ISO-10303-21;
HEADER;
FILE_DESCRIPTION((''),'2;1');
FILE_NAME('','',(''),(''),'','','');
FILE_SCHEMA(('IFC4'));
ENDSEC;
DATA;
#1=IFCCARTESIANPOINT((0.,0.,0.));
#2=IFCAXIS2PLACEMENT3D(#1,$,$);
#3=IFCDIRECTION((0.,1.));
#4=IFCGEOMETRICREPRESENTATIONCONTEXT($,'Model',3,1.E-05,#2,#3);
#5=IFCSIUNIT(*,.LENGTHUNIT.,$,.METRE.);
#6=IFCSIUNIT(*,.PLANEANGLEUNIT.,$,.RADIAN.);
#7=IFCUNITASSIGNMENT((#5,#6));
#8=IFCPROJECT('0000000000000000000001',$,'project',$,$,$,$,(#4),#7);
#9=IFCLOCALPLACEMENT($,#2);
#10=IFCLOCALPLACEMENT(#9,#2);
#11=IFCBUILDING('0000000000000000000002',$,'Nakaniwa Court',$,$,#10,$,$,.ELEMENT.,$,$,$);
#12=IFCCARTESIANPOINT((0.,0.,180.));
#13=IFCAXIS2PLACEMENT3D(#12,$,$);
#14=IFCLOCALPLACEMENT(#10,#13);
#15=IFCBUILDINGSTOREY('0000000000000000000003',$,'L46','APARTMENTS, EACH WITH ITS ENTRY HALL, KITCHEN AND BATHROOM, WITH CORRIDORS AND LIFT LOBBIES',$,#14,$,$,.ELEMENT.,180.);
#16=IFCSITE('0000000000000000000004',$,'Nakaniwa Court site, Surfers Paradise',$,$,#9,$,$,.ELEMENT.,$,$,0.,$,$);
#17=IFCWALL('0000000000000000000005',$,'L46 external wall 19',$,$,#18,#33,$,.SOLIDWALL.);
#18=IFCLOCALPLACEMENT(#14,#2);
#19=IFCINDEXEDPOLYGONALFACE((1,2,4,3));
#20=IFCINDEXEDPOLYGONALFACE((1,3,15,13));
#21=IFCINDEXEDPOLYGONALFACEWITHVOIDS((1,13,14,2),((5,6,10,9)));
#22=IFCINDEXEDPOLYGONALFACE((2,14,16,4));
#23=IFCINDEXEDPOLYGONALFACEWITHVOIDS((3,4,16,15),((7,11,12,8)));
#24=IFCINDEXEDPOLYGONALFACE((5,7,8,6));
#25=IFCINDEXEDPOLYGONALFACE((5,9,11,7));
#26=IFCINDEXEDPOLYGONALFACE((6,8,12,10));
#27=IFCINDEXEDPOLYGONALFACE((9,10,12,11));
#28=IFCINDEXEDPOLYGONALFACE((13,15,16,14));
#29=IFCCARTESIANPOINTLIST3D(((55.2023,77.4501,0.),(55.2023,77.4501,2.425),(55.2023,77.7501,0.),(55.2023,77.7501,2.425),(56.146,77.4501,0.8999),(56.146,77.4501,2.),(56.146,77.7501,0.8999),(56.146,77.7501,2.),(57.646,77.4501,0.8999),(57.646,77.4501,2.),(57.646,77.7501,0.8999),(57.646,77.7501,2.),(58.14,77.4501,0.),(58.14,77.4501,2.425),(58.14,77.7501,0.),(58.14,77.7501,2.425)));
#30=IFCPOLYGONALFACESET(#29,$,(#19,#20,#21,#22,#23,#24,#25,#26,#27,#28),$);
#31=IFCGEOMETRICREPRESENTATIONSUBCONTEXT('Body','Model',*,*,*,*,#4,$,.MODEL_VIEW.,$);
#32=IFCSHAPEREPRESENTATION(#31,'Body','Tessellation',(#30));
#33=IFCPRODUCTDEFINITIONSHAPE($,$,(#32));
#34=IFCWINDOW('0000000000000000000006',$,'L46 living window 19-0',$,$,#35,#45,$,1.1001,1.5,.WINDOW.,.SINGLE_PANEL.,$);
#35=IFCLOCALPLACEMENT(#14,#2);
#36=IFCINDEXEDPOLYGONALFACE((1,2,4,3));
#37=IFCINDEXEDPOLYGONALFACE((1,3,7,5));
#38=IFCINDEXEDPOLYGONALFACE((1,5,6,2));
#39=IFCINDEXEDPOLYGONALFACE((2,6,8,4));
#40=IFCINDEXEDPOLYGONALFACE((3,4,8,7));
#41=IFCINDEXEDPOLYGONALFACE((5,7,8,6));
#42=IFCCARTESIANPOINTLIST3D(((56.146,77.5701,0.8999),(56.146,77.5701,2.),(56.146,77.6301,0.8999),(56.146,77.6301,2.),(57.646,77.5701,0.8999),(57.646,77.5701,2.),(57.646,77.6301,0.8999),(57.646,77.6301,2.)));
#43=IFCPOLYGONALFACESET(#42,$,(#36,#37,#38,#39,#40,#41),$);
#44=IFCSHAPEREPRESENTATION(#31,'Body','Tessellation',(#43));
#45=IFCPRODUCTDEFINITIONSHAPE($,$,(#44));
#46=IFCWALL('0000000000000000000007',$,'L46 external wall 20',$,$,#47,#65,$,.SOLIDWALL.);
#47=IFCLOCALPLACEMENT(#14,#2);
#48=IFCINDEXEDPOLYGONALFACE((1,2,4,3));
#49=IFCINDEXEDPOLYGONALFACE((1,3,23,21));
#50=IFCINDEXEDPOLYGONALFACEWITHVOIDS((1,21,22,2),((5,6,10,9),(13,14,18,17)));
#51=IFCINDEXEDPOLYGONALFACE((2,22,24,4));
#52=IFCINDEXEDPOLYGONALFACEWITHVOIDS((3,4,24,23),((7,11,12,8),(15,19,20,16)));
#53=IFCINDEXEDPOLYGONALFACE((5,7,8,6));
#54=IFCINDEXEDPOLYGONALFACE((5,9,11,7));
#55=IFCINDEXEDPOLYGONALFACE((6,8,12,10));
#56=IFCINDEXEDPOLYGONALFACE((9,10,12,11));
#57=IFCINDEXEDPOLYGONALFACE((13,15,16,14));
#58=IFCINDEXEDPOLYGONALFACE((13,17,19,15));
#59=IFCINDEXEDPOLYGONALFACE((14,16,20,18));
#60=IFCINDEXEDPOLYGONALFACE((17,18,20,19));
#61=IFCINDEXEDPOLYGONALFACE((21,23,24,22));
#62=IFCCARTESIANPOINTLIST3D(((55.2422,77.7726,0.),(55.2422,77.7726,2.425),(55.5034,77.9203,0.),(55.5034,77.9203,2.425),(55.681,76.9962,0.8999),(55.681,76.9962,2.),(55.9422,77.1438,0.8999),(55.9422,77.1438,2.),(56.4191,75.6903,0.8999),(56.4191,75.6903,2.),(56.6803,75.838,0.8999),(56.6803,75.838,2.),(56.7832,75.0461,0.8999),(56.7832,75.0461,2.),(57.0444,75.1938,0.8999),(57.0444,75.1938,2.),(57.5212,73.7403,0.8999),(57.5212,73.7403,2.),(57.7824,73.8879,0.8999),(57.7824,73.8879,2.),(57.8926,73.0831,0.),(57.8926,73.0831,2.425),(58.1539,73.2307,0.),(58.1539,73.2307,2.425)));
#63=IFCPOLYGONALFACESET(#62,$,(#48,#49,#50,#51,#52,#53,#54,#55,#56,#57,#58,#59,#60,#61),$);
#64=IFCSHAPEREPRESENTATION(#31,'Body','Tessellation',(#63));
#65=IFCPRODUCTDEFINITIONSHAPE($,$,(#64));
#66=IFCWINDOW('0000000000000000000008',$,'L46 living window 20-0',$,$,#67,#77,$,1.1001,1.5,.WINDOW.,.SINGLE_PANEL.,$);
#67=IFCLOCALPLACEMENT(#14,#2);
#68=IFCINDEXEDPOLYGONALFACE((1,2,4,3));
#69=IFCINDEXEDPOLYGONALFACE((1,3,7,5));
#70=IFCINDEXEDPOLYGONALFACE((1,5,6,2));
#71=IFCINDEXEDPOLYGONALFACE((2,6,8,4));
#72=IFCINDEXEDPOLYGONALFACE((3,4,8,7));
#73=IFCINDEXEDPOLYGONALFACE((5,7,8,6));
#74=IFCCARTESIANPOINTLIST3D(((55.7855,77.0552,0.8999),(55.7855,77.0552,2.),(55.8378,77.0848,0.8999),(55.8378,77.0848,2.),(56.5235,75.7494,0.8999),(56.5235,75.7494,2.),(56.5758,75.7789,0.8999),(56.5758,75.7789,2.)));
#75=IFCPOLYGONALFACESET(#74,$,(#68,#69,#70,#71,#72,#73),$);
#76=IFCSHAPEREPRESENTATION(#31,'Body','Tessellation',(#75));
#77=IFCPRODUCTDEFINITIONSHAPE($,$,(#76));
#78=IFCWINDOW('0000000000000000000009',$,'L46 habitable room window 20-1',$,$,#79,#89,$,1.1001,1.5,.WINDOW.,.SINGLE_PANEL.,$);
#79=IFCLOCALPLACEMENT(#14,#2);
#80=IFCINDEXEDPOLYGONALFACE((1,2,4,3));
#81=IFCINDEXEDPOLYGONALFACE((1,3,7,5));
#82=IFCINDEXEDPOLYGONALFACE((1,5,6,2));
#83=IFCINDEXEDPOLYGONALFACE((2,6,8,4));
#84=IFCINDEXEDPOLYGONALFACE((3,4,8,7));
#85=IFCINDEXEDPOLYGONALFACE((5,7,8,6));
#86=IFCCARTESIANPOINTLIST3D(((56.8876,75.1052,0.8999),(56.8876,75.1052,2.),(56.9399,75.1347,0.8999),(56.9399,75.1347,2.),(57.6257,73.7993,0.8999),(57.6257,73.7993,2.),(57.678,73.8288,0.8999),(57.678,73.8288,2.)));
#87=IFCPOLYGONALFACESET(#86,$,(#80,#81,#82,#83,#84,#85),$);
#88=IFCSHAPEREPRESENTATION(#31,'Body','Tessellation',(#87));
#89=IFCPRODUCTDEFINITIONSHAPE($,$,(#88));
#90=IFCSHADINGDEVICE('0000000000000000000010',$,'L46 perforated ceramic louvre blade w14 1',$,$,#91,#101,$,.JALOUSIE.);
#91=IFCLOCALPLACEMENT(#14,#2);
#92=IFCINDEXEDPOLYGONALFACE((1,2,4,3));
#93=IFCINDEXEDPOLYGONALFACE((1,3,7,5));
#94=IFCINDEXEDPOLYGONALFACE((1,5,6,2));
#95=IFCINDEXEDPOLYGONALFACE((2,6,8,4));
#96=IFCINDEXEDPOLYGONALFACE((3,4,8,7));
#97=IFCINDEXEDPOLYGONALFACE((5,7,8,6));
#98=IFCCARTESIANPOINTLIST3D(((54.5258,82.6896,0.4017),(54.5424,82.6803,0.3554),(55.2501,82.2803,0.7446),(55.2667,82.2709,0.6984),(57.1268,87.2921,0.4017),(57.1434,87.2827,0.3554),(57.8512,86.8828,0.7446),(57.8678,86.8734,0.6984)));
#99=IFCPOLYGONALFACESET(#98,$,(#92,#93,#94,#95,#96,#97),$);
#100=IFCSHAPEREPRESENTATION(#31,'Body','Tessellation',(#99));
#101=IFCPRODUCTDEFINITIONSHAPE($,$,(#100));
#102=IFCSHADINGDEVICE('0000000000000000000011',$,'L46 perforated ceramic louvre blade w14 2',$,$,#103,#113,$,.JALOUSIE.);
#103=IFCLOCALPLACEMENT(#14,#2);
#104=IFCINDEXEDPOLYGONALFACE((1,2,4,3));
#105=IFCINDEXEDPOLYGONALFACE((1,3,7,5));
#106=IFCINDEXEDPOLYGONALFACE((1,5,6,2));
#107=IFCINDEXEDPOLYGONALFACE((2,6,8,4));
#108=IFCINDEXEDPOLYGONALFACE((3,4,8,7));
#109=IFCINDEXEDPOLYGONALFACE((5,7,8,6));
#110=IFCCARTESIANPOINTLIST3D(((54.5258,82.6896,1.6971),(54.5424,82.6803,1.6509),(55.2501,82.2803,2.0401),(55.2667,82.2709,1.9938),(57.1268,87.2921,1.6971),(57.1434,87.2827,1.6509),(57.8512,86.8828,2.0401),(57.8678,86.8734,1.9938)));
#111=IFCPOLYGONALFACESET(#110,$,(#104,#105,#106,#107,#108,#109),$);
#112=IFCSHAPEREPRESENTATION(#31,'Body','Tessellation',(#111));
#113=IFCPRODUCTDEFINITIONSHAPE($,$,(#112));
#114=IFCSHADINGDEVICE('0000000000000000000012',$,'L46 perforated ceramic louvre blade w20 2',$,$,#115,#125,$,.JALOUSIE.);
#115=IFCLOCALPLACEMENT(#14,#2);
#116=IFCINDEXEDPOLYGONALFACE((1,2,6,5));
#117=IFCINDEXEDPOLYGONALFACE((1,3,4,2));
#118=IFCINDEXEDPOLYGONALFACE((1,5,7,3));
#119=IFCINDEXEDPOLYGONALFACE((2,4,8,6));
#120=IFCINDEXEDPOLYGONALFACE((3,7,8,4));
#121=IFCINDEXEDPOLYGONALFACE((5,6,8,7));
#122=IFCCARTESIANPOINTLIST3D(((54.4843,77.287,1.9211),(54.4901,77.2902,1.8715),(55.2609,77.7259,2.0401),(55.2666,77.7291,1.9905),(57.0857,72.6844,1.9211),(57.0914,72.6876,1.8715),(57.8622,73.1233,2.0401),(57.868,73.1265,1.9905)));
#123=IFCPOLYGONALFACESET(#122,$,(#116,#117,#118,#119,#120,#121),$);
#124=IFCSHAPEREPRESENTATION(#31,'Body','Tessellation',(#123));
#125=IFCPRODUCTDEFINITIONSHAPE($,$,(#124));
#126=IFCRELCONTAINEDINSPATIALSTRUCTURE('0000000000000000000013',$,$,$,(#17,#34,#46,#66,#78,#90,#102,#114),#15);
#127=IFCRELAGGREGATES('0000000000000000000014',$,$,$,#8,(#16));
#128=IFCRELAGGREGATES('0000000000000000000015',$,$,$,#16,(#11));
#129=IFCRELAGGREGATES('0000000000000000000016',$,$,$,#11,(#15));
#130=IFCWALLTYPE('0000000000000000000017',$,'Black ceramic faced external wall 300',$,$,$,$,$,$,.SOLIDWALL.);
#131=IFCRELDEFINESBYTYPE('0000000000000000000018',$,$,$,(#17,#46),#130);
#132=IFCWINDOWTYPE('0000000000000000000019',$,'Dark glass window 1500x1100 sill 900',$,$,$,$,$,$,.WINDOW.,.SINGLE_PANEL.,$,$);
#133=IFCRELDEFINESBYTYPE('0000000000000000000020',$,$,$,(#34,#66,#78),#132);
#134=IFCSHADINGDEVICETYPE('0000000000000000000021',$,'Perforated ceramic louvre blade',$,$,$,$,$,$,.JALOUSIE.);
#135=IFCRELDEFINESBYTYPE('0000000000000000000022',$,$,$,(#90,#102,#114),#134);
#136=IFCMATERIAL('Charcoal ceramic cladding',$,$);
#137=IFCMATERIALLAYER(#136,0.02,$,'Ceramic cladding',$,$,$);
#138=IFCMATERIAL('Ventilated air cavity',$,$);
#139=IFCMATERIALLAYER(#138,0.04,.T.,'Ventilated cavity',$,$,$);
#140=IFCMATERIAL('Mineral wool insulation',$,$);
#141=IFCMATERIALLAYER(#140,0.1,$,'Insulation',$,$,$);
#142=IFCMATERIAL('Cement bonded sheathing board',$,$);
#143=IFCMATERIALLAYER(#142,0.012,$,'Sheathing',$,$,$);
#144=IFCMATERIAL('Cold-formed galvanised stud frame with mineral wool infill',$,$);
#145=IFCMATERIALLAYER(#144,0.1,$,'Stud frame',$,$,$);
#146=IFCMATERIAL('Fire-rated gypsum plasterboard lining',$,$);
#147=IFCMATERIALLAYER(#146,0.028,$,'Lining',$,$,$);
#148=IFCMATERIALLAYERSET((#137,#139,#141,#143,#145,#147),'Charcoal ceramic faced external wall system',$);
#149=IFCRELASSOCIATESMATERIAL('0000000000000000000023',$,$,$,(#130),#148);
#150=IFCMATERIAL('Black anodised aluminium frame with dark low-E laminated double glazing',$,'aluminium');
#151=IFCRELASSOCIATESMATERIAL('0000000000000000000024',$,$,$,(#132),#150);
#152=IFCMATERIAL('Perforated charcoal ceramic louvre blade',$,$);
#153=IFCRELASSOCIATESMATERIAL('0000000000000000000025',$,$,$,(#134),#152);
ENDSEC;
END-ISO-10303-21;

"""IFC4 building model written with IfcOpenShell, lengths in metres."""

from ifc_helpers import new_model, si_unit, direction, frame, frame_2d, origin, origin_2d, place, context, subcontext, project, spatial, rectangle, extrude, material, layer, layer_set, material_profile, profile_set, type_object, element, fill, save


model = new_model("IFC4")

# Units and contexts
model_context = context("Model", 3, precision=1e-05, world=origin(), true_north=direction((0.0, 1.0)))
body_context = subcontext(model_context, "Body", "Model", "MODEL_VIEW")
ifc_project = project(units=[si_unit("LENGTHUNIT", "METRE"), si_unit("PLANEANGLEUNIT", "RADIAN")], contexts=[model_context])

# Site, building, storey
site_placement = place(None, origin())
site = spatial("IfcSite", under=ifc_project, at=site_placement, Name="Nakaniwa Court site, Surfers Paradise", CompositionType="ELEMENT", RefElevation=0.0)
building_placement = place(site_placement, origin())
building = spatial("IfcBuilding", under=site, at=building_placement, Name="Nakaniwa Court", CompositionType="ELEMENT")
storey_placement = place(building_placement, frame((0.0, 0.0, 180.0)))
storey = spatial("IfcBuildingStorey", under=building, at=storey_placement, Name="L46", Description="APARTMENTS, EACH WITH ITS ENTRY HALL, KITCHEN AND BATHROOM, WITH CORRIDORS AND LIFT LOBBIES", CompositionType="ELEMENT", Elevation=180.0)

# Wall, opening, window
ifc_material_1 = material(Name="Charcoal ceramic cladding")
ifc_layer_1 = layer(ifc_material_1, 0.02, Name="Ceramic cladding")
ifc_material_2 = material(Name="Ventilated air cavity")
ifc_layer_2 = layer(ifc_material_2, 0.04, ventilated=True, Name="Ventilated cavity")
ifc_material_3 = material(Name="Mineral wool insulation")
ifc_layer_3 = layer(ifc_material_3, 0.1, Name="Insulation")
ifc_material_4 = material(Name="Cement bonded sheathing board")
ifc_layer_4 = layer(ifc_material_4, 0.012, Name="Sheathing")
ifc_material_5 = material(Name="Cold-formed galvanised stud frame with mineral wool infill")
ifc_layer_5 = layer(ifc_material_5, 0.1, Name="Stud frame")
ifc_material_6 = material(Name="Fire-rated gypsum plasterboard lining")
ifc_layer_6 = layer(ifc_material_6, 0.028, Name="Lining")
ifc_layer_set = layer_set([ifc_layer_1, ifc_layer_2, ifc_layer_3, ifc_layer_4, ifc_layer_5, ifc_layer_6], Name="Charcoal ceramic faced external wall system")
wall_type = type_object("IfcWallType", Name="Black ceramic faced external wall 300", PredefinedType="SOLIDWALL", material=ifc_layer_set)
ifc_material_7 = material(Name="Black anodised aluminium frame with dark low-E laminated double glazing", Category="aluminium")
window_type_1 = type_object("IfcWindowType", Name="Dark glass window 1500x1100 sill 900", PartitioningType="SINGLE_PANEL", PredefinedType="WINDOW", material=ifc_material_7)
wall_1_placement = place(storey_placement, frame((58.1399, 77.6001, 0.0), z_axis=(0.0, 0.0, 1.0), x_axis=(-1.0, 0.0, 0.0)))
wall_1 = element("IfcWall", 1, at=wall_1_placement, inside=storey, type_object=wall_type, Name="L46 external wall 19", PredefinedType="SOLIDWALL", context=body_context, shape_type="SweptSolid", body=[
    extrude(rectangle(XDim=2.9377, YDim=0.3, at=frame_2d((1.4688, 0.0))), origin(), (0.0, 0.0, 1.0), 2.425),
])
opening_1_placement = place(wall_1_placement, frame((0.4939, 0.0, 0.8999)))
opening_1 = element("IfcOpeningElement", 2, at=opening_1_placement, cuts=wall_1, PredefinedType="OPENING", context=body_context, shape_type="SweptSolid", body=[
    extrude(rectangle(XDim=1.5, YDim=1.1001, at=frame_2d((0.75, 0.55))), frame((0.0, 0.1599, 0.0), z_axis=(0.0, -1.0, 0.0), x_axis=(1.0, 0.0, 0.0)), (0.0, 0.0, 1.0), 0.3201),
])
window_1_placement = place(opening_1_placement, origin())
window_1 = element("IfcWindow", 3, at=window_1_placement, inside=storey, type_object=window_type_1, Name="L46 living window 19-0", OverallHeight=1.1001, OverallWidth=1.5, PartitioningType="SINGLE_PANEL", PredefinedType="WINDOW", context=body_context, shape_type="SweptSolid", body=[
    extrude(rectangle(XDim=1.5, YDim=1.1001, at=frame_2d((0.75, 0.55))), frame((0.0, 0.03, 0.0), z_axis=(0.0, -1.0, 0.0), x_axis=(1.0, 0.0, 0.0)), (0.0, 0.0, 1.0), 0.0601),
])
fill(opening_1, window_1)

# Wall, openings, windows
wall_2_placement = place(storey_placement, frame((55.3728, 77.8464, 0.0), z_axis=(0.0, 0.0, 1.0), x_axis=(0.492033, -0.870576, 0.0)))
wall_2 = element("IfcWall", 4, at=wall_2_placement, inside=storey, type_object=wall_type, Name="L46 external wall 20", PredefinedType="SOLIDWALL", context=body_context, shape_type="SweptSolid", body=[
    extrude(rectangle(XDim=5.3867, YDim=0.3, at=frame_2d((2.6934, 0.0))), origin(), (0.0, 0.0, 1.0), 2.425),
])
opening_2_placement = place(wall_2_placement, frame((0.8918, 0.0, 0.8999)))
opening_2 = element("IfcOpeningElement", 5, at=opening_2_placement, cuts=wall_2, PredefinedType="OPENING", context=body_context, shape_type="SweptSolid", body=[
    extrude(rectangle(XDim=1.5, YDim=1.1001, at=frame_2d((0.75, 0.55))), frame((0.0, 0.1599, 0.0), z_axis=(0.0, -1.0, 0.0), x_axis=(1.0, 0.0, 0.0)), (0.0, 0.0, 1.0), 0.3201),
])
opening_3_placement = place(wall_2_placement, frame((3.1318, 0.0, 0.8999)))
opening_3 = element("IfcOpeningElement", 6, at=opening_3_placement, cuts=wall_2, PredefinedType="OPENING", context=body_context, shape_type="SweptSolid", body=[
    extrude(rectangle(XDim=1.5, YDim=1.1001, at=frame_2d((0.75, 0.55))), frame((0.0, 0.1599, 0.0), z_axis=(0.0, -1.0, 0.0), x_axis=(1.0, 0.0, 0.0)), (0.0, 0.0, 1.0), 0.3201),
])
window_2_placement = place(opening_2_placement, origin())
window_2 = element("IfcWindow", 7, at=window_2_placement, inside=storey, type_object=window_type_1, Name="L46 living window 20-0", OverallHeight=1.1001, OverallWidth=1.5, PartitioningType="SINGLE_PANEL", PredefinedType="WINDOW", context=body_context, shape_type="SweptSolid", body=[
    extrude(rectangle(XDim=1.5, YDim=1.1001, at=frame_2d((0.75, 0.55))), frame((0.0, 0.03, 0.0), z_axis=(0.0, -1.0, 0.0), x_axis=(1.0, 0.0, 0.0)), (0.0, 0.0, 1.0), 0.0601),
])
fill(opening_2, window_2)
window_3_placement = place(opening_3_placement, origin())
window_3 = element("IfcWindow", 8, at=window_3_placement, inside=storey, type_object=window_type_1, Name="L46 habitable room window 20-1", OverallHeight=1.1001, OverallWidth=1.5, PartitioningType="SINGLE_PANEL", PredefinedType="WINDOW", context=body_context, shape_type="SweptSolid", body=[
    extrude(rectangle(XDim=1.5, YDim=1.1001, at=frame_2d((0.75, 0.55))), frame((0.0, 0.03, 0.0), z_axis=(0.0, -1.0, 0.0), x_axis=(1.0, 0.0, 0.0)), (0.0, 0.0, 1.0), 0.0601),
])
fill(opening_3, window_3)

# Shading devices
ifc_material_8 = material(Name="Perforated charcoal ceramic louvre blade")
ifc_material_profile_1 = material_profile(ifc_material_8, rectangle(XDim=0.8999, YDim=0.05, at=origin_2d()), Name="Perforated ceramic louvre blade")
ifc_profile_set_1 = profile_set([ifc_material_profile_1], Name="Perforated charcoal ceramic louvre blade")
shading_device_type = type_object("IfcShadingDeviceType", Name="Perforated ceramic louvre blade", PredefinedType="JALOUSIE", material=ifc_profile_set_1)
for number, where, z_axis, x_axis, name in (
    (9, (57.4973, 87.0828, 0.55), (-0.492006, -0.870592, 0.0), (0.804902, -0.454882, 0.38107), "L46 perforated ceramic louvre blade w14 1"),
    (10, (57.4973, 87.0828, 1.8455), (-0.492006, -0.870592, 0.0), (0.804902, -0.454882, 0.38107), "L46 perforated ceramic louvre blade w14 2"),
):
    element("IfcShadingDevice", number, at=place(storey_placement, frame(where, z_axis=z_axis, x_axis=x_axis)), inside=storey, type_object=shading_device_type, Name=name, PredefinedType="JALOUSIE", context=body_context, shape_type="SweptSolid", body=[
        extrude(rectangle(XDim=0.8999, YDim=0.05, at=origin_2d()), origin(), (0.0, 0.0, 1.0), 5.2866),
    ])
shading_device_placement = place(storey_placement, frame((54.8755, 77.5081, 1.9558), z_axis=(0.492041, -0.870572, 0.0), x_axis=(0.862925, 0.487718, 0.132256)))
element("IfcShadingDevice", 11, at=shading_device_placement, inside=storey, type_object=shading_device_type, Name="L46 perforated ceramic louvre blade w20 2", PredefinedType="JALOUSIE", context=body_context, shape_type="SweptSolid", body=[
    extrude(rectangle(XDim=0.8999, YDim=0.05, at=origin_2d()), origin(), (0.0, 0.0, 1.0), 5.2869),
])

save(model, "model.ifc")
